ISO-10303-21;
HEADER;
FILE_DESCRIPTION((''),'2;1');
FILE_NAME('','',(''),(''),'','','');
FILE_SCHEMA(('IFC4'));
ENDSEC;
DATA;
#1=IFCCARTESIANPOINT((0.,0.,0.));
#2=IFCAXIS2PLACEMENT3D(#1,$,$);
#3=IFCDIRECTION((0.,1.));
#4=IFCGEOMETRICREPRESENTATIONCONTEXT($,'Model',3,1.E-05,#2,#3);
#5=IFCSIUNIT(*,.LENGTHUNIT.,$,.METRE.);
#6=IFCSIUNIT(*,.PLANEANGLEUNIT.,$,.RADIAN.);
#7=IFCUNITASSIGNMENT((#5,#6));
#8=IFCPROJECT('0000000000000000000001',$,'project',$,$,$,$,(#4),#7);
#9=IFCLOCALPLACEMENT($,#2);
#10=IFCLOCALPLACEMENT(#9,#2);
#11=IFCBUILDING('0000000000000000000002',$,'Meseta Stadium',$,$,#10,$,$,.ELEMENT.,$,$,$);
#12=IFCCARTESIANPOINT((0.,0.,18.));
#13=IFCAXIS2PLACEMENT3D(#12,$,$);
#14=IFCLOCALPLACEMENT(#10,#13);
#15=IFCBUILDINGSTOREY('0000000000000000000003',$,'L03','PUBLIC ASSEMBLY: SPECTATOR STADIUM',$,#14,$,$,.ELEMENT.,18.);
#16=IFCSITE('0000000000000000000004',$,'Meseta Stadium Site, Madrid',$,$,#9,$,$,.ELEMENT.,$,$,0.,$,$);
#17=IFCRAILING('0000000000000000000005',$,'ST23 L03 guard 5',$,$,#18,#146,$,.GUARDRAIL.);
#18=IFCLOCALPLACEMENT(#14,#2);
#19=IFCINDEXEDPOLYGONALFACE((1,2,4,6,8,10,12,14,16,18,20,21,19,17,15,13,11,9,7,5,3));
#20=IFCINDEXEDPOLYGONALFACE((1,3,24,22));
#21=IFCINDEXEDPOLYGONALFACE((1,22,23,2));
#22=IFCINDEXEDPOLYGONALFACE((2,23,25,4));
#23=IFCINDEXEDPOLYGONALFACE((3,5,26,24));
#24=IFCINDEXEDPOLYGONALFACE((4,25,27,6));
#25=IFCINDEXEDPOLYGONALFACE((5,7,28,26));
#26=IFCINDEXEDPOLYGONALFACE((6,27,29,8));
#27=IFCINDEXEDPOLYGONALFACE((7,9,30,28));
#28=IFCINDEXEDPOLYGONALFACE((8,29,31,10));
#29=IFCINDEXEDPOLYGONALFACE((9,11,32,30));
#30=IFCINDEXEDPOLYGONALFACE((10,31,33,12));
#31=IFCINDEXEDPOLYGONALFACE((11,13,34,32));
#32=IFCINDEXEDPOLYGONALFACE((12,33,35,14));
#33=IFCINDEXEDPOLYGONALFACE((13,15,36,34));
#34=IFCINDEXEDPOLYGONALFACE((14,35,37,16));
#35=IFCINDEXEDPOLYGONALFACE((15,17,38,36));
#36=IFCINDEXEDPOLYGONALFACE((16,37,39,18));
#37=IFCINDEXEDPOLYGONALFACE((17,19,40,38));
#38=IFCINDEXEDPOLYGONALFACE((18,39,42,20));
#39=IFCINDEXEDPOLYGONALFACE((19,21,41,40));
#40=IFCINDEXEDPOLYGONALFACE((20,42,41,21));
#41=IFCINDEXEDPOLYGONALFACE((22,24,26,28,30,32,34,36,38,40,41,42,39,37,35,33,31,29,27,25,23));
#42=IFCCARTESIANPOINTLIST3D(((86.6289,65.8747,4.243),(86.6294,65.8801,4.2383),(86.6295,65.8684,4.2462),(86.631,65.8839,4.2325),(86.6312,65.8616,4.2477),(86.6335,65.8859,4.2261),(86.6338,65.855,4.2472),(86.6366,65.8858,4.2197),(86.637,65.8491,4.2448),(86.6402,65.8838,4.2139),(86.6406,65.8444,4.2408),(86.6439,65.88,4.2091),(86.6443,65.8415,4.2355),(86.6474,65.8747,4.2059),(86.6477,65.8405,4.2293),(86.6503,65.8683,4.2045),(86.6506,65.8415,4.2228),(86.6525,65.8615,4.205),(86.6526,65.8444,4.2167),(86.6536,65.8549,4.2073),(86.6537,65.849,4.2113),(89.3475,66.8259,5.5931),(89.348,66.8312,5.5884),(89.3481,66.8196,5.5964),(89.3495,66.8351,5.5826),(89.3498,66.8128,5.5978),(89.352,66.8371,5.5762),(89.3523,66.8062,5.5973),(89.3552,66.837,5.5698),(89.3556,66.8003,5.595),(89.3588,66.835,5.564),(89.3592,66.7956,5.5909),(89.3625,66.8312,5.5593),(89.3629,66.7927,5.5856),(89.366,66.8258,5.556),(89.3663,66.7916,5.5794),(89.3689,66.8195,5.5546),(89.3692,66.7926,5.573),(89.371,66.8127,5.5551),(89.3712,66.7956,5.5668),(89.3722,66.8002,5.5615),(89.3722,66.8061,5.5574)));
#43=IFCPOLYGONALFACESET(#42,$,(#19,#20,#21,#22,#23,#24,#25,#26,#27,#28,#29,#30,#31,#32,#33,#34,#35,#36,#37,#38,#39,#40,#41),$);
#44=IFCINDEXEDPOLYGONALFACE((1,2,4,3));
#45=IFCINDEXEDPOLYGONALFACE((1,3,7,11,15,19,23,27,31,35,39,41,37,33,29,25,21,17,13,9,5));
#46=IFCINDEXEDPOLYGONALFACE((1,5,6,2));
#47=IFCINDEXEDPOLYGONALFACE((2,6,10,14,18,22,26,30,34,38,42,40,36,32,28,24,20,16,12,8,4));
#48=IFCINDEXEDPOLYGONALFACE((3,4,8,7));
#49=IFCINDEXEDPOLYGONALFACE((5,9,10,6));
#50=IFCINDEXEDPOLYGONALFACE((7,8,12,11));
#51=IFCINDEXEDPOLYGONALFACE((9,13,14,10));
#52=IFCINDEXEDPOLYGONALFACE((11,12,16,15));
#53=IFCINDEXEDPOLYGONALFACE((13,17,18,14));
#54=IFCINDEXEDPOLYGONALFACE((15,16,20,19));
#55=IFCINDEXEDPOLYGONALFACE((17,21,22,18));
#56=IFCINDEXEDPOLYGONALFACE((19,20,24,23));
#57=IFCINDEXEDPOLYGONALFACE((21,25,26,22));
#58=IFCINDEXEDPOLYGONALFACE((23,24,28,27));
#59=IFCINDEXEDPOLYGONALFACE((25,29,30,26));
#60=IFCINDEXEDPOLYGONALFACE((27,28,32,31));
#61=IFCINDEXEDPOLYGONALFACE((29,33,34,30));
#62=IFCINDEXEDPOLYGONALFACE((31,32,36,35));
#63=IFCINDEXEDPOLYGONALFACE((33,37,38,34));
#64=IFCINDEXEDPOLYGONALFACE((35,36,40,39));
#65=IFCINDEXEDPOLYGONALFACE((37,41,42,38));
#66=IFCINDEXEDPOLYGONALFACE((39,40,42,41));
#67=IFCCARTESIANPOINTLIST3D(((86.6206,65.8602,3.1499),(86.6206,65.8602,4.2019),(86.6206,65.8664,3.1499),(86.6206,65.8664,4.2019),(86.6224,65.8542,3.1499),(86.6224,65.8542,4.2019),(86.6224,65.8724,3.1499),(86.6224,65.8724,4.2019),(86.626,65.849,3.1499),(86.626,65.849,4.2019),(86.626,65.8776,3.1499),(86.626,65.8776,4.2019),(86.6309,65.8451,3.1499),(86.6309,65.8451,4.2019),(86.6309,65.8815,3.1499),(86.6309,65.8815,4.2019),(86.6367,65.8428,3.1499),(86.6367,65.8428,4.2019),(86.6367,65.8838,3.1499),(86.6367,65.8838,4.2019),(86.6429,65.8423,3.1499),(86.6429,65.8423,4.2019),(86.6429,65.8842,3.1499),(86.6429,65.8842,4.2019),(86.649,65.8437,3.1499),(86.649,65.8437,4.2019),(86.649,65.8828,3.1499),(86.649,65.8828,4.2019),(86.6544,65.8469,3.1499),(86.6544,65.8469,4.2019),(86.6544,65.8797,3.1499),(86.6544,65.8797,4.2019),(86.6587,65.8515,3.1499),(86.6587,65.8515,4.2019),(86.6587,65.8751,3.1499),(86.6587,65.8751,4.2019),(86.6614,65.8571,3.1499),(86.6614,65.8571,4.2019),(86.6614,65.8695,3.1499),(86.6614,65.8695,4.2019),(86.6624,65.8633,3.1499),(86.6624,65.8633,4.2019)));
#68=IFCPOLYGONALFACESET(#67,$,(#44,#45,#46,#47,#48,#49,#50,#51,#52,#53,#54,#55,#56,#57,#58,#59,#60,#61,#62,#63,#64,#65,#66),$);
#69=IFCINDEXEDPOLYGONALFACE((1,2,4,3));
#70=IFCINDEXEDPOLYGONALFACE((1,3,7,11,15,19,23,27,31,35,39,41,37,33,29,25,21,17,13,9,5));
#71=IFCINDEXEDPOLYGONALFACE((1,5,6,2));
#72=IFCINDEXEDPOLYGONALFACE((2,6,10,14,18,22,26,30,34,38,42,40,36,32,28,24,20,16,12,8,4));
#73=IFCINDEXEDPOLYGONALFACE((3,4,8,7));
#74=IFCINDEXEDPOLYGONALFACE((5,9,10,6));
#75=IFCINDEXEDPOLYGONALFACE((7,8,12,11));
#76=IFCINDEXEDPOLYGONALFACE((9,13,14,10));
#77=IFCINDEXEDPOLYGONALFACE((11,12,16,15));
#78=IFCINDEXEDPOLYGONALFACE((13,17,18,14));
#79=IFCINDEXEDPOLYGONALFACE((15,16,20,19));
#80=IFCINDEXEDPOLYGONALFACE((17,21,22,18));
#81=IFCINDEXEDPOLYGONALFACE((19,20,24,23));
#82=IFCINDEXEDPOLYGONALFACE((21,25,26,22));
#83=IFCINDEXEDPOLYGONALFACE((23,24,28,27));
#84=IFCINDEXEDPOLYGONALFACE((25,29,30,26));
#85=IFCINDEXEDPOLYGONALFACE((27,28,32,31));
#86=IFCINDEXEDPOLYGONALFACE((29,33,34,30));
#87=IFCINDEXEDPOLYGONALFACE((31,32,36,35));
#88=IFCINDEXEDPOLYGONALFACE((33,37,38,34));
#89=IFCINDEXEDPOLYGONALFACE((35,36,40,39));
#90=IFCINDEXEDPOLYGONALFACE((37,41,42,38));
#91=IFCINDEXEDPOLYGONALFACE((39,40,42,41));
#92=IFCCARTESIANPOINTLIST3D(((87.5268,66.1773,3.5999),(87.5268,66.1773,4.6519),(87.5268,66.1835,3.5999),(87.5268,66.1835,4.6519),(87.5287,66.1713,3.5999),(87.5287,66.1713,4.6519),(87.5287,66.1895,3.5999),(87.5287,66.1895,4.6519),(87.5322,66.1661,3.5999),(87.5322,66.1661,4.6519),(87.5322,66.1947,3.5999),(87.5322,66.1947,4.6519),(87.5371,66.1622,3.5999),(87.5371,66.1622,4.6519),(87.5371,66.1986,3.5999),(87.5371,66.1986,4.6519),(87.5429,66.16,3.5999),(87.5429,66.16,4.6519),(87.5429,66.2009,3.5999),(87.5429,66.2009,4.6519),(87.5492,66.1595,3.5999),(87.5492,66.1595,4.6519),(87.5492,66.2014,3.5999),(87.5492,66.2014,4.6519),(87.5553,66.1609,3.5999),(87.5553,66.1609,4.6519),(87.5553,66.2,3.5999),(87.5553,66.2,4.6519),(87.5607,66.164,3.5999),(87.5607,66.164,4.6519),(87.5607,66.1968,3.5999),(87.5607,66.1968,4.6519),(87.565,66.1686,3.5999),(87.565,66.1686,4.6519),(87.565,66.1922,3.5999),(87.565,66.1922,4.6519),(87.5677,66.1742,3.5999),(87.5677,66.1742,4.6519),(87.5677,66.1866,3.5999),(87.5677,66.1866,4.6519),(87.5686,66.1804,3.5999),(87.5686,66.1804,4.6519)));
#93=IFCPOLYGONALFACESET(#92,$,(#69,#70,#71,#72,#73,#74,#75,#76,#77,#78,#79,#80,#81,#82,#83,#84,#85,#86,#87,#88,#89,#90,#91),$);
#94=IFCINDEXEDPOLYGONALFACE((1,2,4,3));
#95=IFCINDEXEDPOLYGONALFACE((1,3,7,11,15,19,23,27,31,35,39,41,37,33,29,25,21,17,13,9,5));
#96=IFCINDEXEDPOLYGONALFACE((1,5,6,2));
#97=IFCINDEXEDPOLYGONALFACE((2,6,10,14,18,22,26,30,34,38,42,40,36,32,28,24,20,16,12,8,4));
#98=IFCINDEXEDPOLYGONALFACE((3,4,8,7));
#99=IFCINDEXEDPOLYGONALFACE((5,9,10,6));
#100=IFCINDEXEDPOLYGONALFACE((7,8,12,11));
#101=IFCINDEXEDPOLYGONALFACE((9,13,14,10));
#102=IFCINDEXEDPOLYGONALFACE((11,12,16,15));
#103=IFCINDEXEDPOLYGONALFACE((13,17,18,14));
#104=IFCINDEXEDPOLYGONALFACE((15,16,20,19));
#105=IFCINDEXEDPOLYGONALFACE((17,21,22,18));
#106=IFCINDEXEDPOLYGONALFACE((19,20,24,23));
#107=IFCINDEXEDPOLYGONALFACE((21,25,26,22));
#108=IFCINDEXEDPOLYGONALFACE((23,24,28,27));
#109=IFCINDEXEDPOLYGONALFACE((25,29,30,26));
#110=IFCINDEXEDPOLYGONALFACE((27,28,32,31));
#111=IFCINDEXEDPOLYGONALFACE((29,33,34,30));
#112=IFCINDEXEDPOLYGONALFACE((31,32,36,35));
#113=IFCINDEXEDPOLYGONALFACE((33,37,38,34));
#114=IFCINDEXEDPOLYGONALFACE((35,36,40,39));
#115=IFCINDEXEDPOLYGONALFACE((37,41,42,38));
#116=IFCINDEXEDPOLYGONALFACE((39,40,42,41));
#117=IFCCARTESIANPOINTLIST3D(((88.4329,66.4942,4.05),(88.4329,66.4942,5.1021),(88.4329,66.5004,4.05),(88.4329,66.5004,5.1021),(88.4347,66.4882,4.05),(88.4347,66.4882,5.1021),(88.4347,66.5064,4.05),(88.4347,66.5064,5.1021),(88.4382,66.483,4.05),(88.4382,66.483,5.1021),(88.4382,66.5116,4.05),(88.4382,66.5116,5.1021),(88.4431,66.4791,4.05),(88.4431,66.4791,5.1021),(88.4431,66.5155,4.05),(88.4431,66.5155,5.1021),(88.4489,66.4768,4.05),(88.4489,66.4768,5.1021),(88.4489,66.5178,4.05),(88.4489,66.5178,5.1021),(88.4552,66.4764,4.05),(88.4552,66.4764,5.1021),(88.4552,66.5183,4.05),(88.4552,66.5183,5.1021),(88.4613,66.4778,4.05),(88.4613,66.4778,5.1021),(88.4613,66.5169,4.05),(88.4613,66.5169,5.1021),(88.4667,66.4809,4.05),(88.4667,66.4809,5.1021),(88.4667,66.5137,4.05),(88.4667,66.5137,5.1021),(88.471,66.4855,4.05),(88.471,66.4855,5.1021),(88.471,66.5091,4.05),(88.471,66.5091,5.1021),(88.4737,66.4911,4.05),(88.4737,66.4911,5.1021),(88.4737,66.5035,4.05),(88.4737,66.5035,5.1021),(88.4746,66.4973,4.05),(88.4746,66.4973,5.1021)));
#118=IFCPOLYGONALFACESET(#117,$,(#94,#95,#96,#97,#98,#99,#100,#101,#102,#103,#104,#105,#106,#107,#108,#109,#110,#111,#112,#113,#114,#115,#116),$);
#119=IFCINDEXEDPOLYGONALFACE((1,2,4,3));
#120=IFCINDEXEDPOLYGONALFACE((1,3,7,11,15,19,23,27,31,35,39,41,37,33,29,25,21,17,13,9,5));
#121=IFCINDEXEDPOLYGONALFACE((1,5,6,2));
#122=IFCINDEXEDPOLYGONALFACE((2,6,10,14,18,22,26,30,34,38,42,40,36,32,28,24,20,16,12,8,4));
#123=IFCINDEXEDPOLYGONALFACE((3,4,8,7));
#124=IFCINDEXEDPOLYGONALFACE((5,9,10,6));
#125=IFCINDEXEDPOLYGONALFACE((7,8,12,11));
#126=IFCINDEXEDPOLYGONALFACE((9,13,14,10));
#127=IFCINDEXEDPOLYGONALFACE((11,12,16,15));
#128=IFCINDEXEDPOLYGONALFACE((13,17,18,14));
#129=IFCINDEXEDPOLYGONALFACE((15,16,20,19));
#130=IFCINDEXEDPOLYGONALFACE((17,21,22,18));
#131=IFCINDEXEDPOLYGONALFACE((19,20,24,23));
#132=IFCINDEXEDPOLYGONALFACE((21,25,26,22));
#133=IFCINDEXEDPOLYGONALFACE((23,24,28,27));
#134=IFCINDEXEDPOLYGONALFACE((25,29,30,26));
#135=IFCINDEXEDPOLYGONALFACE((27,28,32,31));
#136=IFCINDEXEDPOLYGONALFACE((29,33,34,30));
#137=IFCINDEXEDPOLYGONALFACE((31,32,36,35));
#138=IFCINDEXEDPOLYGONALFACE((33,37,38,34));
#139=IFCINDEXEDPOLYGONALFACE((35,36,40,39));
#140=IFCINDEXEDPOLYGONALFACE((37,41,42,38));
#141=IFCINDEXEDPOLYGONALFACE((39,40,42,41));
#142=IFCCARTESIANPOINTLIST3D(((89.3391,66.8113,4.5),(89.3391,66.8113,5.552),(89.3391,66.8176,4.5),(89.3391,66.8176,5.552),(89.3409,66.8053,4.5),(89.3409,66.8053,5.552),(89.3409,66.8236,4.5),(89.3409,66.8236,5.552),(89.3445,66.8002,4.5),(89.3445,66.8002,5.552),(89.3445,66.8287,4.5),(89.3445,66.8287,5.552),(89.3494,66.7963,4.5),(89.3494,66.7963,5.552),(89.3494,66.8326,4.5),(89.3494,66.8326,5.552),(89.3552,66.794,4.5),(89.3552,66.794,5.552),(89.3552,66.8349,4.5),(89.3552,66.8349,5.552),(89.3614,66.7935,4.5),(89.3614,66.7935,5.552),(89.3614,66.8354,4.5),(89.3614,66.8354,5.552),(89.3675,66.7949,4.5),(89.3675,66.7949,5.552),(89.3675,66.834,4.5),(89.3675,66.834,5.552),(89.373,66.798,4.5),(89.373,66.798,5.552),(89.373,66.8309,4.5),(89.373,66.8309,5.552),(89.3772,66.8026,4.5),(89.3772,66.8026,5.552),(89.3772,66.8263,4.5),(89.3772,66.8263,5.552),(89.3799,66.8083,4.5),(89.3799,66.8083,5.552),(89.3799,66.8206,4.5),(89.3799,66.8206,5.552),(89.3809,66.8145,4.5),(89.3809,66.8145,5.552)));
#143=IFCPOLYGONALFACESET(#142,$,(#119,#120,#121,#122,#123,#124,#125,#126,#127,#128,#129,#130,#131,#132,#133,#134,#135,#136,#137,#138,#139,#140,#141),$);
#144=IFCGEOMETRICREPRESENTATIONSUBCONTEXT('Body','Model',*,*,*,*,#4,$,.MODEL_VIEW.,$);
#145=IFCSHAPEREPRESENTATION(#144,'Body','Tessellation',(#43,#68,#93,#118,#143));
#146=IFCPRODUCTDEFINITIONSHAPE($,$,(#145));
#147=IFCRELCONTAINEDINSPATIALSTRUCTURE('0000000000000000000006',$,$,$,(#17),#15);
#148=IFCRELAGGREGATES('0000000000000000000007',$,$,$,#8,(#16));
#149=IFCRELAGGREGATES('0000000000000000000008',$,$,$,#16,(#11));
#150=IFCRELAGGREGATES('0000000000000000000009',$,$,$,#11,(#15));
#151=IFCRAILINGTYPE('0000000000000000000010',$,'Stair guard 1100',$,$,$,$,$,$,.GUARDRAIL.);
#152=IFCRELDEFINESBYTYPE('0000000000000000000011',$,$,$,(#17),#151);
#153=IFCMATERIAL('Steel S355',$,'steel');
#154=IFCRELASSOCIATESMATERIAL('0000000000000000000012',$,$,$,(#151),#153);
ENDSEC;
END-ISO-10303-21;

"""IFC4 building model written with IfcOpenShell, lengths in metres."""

from ifc_helpers import new_model, si_unit, direction, frame, origin, origin_2d, place, context, subcontext, project, spatial, circle, extrude, material, type_object, element, save


model = new_model("IFC4")

# Units and contexts
model_context = context("Model", 3, precision=1e-05, world=origin(), true_north=direction((0.0, 1.0)))
body_context = subcontext(model_context, "Body", "Model", "MODEL_VIEW")
ifc_project = project(units=[si_unit("LENGTHUNIT", "METRE"), si_unit("PLANEANGLEUNIT", "RADIAN")], contexts=[model_context])

# Site, building, storey
site_placement = place(None, origin())
site = spatial("IfcSite", under=ifc_project, at=site_placement, Name="Meseta Stadium Site, Madrid", CompositionType="ELEMENT", RefElevation=0.0)
building_placement = place(site_placement, origin())
building = spatial("IfcBuilding", under=site, at=building_placement, Name="Meseta Stadium", CompositionType="ELEMENT")
storey_placement = place(building_placement, frame((0.0, 0.0, 18.0)))
storey = spatial("IfcBuildingStorey", under=building, at=storey_placement, Name="L03", Description="PUBLIC ASSEMBLY: SPECTATOR STADIUM", CompositionType="ELEMENT", Elevation=18.0)

# Railing
ifc_material_1 = material(Name="Steel S355", Category="steel")
railing_type_1 = type_object("IfcRailingType", Name="Stair guard 1100", PredefinedType="GUARDRAIL", material=ifc_material_1)
railing_1_placement = place(storey_placement, frame((86.6414, 65.8633, 3.1499)))
element("IfcRailing", 1, at=railing_1_placement, inside=storey, type_object=railing_type_1, Name="ST23 L03 guard 5", PredefinedType="GUARDRAIL", context=body_context, shape_type="SweptSolid", body=[
    extrude(circle(Radius=0.0239, at=origin_2d()), frame((0.0, 0.0, 1.0762), z_axis=(0.854649, 0.299031, 0.424446), x_axis=(-0.330256, 0.943891, 0.0)), (0.0, 0.0, 1.0), 3.1809),
    extrude(circle(Radius=0.021, at=origin_2d()), origin(), (0.0, 0.0, 1.0), 1.052),
    extrude(circle(Radius=0.021, at=origin_2d()), frame((0.9062, 0.3171, 0.45)), (0.0, 0.0, 1.0), 1.052),
    extrude(circle(Radius=0.021, at=origin_2d()), frame((1.8123, 0.634, 0.9001)), (0.0, 0.0, 1.0), 1.052),
    extrude(circle(Radius=0.021, at=origin_2d()), frame((2.7185, 0.9512, 1.3501)), (0.0, 0.0, 1.0), 1.052),
])

save(model, "model.ifc")
